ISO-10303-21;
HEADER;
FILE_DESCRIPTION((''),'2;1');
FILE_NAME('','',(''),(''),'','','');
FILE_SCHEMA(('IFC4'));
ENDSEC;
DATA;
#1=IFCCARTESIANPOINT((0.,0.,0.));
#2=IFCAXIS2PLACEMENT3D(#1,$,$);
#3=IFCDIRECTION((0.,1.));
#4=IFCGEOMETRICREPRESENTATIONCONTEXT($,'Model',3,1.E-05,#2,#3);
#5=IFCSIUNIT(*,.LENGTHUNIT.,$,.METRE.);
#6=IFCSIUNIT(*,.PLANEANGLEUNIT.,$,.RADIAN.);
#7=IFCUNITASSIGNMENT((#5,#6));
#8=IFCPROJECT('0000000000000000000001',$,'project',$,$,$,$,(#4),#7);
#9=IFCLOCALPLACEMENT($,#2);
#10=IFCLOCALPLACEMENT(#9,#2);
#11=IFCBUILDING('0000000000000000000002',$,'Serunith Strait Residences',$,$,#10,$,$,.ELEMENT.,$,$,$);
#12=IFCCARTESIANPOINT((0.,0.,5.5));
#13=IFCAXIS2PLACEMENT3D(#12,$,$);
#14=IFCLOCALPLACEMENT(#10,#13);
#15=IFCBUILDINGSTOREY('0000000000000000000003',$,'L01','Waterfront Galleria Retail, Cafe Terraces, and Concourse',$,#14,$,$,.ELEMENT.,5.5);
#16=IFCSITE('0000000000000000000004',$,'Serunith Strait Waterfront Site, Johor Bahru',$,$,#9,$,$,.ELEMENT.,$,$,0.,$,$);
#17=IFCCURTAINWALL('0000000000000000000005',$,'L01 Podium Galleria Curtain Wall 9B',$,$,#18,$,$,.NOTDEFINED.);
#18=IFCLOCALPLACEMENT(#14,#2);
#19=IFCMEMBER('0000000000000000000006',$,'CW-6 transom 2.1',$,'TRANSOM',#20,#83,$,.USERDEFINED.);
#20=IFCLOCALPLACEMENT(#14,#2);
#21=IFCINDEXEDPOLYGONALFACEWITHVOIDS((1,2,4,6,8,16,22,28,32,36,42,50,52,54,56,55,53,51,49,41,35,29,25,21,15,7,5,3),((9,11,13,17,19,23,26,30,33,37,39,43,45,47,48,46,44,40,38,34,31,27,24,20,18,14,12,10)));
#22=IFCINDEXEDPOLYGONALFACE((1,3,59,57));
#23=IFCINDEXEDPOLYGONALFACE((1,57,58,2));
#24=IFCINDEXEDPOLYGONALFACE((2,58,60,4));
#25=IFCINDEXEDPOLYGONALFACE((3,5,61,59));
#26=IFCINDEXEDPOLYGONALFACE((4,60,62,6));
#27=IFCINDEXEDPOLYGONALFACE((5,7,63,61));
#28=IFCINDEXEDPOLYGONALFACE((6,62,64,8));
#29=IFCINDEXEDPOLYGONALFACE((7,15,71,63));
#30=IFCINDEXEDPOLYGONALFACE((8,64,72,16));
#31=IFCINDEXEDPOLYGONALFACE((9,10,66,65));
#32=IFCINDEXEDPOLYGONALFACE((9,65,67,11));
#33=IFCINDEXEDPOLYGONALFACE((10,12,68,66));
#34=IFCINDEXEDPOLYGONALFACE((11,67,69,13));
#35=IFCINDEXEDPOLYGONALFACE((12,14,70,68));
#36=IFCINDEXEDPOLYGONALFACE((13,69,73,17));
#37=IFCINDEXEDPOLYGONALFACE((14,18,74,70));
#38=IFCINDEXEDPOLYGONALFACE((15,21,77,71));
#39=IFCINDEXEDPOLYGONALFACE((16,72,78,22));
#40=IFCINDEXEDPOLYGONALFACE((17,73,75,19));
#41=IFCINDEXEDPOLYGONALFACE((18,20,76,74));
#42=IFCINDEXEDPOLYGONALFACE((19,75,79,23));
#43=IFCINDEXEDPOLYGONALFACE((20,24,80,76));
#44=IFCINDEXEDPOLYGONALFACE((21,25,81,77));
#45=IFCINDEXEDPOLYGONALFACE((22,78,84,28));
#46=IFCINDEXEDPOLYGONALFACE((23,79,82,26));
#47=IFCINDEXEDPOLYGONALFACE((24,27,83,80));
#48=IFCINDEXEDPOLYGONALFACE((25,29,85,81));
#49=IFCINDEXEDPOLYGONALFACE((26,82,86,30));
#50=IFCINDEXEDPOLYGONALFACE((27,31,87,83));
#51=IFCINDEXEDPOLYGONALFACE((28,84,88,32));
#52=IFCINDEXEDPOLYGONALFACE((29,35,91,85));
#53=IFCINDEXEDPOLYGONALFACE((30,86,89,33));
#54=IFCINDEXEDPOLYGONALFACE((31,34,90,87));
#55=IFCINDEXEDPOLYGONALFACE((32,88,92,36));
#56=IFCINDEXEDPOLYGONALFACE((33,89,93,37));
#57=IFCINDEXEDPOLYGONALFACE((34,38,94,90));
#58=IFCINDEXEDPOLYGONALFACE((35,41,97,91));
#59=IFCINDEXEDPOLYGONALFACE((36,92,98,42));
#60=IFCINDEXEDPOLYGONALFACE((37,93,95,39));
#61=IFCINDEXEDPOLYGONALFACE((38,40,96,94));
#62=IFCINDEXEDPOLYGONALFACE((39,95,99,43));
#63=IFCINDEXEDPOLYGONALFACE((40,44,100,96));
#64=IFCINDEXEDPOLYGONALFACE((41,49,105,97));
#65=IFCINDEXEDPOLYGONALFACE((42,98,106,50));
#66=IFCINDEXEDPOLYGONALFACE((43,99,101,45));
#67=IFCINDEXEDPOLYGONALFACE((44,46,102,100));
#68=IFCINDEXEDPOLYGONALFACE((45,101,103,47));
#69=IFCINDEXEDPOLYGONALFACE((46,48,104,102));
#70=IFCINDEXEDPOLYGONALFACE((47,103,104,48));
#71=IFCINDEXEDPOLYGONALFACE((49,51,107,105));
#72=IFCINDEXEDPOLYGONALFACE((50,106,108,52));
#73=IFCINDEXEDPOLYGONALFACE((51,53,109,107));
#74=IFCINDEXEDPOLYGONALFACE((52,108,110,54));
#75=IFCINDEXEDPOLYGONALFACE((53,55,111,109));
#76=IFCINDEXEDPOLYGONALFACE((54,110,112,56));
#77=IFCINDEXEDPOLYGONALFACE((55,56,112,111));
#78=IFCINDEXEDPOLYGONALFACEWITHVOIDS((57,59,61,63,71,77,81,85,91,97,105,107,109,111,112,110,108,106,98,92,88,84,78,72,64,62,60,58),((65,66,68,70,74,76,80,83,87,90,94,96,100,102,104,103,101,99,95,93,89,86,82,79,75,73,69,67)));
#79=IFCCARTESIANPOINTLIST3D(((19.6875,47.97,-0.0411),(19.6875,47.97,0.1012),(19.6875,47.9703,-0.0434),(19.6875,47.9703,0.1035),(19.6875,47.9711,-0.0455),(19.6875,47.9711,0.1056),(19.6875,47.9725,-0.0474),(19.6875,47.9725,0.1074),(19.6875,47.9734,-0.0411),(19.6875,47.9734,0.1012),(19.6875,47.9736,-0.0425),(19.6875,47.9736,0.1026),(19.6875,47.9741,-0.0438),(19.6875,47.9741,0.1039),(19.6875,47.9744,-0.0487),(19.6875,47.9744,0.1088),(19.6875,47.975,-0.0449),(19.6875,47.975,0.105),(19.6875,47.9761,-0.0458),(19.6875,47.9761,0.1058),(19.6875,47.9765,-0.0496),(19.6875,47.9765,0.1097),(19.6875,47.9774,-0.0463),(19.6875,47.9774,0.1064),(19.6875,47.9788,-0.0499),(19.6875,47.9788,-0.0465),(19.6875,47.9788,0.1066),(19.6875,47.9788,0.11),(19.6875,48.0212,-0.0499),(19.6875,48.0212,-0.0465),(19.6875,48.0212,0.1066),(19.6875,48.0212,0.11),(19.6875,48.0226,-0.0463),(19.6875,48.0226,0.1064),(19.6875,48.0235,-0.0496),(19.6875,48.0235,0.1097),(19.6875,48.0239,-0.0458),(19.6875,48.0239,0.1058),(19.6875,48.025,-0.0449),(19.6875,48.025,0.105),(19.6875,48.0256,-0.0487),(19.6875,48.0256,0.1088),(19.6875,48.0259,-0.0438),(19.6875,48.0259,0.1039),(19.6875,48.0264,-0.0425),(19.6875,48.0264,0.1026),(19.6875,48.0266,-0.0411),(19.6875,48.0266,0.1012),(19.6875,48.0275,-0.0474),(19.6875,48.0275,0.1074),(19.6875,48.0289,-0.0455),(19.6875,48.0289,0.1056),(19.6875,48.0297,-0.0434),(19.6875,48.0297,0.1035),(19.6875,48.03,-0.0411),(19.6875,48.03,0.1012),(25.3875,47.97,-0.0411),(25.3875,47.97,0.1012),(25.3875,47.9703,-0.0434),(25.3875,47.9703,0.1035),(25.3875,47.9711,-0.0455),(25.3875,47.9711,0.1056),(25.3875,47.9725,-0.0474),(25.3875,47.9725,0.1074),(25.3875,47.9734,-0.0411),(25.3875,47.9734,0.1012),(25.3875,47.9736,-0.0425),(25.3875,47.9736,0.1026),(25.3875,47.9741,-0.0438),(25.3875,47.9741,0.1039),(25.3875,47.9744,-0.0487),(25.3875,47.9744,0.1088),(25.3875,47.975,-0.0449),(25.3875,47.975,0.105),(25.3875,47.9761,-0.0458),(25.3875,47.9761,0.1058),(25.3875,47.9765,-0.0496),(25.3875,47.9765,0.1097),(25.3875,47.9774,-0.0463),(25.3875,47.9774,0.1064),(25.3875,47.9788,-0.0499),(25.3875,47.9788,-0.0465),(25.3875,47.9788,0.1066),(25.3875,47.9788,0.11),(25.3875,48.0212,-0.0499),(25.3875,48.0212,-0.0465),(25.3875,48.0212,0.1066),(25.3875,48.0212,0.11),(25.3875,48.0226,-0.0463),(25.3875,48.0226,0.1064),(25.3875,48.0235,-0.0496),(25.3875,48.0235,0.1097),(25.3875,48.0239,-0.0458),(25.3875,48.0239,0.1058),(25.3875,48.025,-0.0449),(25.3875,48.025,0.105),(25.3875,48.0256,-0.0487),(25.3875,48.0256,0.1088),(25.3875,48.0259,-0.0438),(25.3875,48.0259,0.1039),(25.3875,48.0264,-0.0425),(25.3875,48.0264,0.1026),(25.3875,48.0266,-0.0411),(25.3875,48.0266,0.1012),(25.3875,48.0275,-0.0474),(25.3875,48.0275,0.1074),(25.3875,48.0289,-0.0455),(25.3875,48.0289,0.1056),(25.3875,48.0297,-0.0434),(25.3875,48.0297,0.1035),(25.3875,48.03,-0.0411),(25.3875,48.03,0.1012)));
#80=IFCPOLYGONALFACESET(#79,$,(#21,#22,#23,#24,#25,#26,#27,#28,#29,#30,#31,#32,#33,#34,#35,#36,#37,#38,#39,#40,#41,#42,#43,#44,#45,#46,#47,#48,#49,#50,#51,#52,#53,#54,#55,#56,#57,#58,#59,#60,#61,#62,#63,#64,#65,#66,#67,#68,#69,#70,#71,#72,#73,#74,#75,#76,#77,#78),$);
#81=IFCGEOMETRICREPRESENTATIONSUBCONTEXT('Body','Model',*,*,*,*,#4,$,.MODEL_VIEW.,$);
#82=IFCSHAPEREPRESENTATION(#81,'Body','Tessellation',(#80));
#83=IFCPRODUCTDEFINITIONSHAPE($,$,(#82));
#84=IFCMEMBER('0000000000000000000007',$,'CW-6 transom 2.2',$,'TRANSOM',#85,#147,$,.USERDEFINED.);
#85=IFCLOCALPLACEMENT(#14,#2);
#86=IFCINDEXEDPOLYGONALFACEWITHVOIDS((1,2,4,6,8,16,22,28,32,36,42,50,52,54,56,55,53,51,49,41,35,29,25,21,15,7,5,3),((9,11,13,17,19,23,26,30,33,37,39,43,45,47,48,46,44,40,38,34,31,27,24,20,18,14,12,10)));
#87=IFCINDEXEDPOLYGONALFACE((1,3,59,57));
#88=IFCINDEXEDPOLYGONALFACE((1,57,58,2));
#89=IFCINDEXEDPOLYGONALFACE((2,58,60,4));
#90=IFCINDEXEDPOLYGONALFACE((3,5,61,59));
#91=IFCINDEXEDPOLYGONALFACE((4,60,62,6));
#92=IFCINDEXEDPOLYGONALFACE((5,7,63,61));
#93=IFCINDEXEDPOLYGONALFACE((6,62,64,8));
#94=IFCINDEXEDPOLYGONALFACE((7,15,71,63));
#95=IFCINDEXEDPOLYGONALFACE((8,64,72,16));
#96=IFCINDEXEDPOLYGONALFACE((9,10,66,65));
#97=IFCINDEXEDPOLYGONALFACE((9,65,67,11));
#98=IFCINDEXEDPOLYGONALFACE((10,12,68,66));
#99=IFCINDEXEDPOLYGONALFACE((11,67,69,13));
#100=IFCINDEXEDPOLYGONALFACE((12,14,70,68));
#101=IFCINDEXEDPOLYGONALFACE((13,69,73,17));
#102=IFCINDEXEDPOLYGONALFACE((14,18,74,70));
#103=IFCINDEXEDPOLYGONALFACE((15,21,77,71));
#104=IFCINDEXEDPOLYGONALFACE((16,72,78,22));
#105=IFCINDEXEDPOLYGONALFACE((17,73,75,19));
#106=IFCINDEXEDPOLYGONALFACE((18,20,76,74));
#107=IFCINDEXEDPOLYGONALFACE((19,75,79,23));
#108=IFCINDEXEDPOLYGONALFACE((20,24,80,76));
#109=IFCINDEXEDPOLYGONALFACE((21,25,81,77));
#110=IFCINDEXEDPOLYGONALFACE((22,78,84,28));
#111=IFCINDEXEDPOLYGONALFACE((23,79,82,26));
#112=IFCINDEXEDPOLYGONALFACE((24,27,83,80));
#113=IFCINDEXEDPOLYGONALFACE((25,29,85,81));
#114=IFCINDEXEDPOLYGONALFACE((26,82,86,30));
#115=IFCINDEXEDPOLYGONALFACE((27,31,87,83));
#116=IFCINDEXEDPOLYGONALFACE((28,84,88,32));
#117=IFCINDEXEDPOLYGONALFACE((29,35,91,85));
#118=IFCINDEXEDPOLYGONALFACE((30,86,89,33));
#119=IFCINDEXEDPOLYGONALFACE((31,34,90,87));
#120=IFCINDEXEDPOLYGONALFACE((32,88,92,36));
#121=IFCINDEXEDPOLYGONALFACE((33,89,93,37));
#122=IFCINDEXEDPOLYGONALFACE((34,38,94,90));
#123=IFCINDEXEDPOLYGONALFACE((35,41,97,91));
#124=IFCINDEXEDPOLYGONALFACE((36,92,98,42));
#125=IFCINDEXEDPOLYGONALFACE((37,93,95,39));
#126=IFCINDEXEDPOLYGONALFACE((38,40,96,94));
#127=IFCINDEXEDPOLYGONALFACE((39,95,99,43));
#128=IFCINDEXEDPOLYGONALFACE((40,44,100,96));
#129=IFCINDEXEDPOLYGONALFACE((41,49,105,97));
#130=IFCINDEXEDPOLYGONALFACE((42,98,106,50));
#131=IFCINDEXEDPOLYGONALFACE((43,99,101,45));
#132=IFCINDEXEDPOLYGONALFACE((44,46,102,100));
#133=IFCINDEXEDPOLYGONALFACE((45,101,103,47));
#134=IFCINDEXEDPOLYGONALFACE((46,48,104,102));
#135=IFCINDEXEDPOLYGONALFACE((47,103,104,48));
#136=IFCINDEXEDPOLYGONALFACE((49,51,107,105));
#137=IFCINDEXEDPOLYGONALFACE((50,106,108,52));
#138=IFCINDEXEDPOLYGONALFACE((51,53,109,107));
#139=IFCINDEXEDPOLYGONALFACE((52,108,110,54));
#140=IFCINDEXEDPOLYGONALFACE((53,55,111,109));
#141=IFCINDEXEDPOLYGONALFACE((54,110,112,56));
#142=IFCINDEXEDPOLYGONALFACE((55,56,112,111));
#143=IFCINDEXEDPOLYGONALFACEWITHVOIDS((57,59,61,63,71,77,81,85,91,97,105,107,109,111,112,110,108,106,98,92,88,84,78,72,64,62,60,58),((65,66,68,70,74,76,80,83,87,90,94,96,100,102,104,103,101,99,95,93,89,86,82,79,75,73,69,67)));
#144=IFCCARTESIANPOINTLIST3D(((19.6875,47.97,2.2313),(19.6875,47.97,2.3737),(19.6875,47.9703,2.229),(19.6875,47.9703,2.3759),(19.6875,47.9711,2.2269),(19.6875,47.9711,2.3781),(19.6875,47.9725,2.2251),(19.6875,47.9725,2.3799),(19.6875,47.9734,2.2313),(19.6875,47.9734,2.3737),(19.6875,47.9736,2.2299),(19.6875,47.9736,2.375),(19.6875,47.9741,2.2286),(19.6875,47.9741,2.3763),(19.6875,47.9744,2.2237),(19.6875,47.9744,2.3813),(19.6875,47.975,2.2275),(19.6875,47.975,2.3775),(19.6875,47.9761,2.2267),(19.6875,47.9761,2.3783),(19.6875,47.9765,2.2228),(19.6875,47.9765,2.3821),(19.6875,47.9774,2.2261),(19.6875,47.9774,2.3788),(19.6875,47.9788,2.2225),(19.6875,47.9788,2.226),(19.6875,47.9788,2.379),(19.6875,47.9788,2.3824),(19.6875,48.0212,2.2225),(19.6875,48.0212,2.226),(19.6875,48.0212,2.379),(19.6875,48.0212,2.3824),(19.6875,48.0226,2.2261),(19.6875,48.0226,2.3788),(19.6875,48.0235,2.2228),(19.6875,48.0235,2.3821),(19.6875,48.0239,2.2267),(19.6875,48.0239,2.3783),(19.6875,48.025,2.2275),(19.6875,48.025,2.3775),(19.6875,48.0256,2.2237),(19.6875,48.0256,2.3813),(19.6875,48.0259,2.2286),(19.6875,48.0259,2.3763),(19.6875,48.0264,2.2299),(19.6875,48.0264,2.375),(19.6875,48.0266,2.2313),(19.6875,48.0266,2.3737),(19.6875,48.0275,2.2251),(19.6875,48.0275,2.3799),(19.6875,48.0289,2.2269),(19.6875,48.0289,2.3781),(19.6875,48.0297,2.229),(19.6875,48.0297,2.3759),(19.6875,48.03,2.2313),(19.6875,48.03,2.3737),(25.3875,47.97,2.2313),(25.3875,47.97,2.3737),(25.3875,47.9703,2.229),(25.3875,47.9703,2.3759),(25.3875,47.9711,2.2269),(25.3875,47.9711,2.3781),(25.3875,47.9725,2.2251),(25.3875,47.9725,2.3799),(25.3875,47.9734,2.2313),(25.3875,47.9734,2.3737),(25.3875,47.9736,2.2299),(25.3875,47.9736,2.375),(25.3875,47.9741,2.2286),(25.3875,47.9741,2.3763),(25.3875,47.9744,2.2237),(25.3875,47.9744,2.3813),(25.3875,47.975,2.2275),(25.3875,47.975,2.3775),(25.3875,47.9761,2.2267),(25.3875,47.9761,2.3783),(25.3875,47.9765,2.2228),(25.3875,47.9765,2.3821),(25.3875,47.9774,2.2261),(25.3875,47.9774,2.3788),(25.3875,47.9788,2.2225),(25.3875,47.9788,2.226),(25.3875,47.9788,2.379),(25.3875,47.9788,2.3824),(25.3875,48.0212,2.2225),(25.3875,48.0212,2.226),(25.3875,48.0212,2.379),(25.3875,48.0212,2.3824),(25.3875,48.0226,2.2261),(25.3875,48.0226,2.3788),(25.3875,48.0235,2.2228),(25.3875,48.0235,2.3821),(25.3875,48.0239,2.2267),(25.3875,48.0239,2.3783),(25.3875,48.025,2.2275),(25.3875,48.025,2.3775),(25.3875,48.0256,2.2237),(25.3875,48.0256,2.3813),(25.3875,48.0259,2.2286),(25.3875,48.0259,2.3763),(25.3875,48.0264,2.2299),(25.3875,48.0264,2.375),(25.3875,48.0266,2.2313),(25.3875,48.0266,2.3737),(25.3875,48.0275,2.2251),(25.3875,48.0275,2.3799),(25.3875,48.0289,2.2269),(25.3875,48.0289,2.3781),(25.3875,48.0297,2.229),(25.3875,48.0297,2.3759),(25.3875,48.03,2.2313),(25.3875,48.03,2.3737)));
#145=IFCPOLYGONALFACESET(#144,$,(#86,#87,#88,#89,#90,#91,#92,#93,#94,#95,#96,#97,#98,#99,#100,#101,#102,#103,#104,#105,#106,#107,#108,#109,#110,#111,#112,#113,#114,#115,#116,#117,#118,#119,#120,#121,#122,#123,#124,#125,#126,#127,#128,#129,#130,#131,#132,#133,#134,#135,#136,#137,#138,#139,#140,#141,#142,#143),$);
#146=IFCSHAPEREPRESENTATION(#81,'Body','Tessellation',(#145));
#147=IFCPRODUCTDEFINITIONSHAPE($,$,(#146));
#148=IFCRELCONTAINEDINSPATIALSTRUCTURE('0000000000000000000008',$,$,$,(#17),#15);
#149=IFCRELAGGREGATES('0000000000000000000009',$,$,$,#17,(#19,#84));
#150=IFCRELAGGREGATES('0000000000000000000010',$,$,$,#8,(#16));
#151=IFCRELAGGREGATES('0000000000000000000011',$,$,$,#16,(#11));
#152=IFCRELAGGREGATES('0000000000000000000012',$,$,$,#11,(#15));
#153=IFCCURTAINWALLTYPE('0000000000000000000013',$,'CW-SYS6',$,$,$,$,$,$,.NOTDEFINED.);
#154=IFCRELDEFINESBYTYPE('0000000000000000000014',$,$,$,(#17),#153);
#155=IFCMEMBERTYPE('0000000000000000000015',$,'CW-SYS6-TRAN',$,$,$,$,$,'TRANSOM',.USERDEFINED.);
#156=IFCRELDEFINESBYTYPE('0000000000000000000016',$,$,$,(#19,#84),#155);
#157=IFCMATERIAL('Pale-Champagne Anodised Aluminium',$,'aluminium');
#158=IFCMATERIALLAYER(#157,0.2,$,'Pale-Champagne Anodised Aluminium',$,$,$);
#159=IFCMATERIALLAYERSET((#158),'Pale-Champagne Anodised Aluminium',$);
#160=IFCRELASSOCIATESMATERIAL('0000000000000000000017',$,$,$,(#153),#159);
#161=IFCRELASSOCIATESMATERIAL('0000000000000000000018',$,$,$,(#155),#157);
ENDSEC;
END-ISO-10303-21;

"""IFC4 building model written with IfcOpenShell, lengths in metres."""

from ifc_helpers import new_model, si_unit, direction, frame, origin, origin_2d, place, context, subcontext, project, spatial, hollow_rectangle, extrude, source, transform, mapped, material, layer, layer_set, material_profile, profile_set, type_object, element, aggregate, save


model = new_model("IFC4")

# Units and contexts
model_context = context("Model", 3, precision=1e-05, world=origin(), true_north=direction((0.0, 1.0)))
body_context = subcontext(model_context, "Body", "Model", "MODEL_VIEW")
ifc_project = project(units=[si_unit("LENGTHUNIT", "METRE"), si_unit("PLANEANGLEUNIT", "RADIAN")], contexts=[model_context])

# Site, building, storey
site_placement = place(None, origin())
site = spatial("IfcSite", under=ifc_project, at=site_placement, Name="Serunith Strait Waterfront Site, Johor Bahru", CompositionType="ELEMENT", RefElevation=0.0)
building_placement = place(site_placement, origin())
building = spatial("IfcBuilding", under=site, at=building_placement, Name="Serunith Strait Residences", CompositionType="ELEMENT")
storey_placement = place(building_placement, frame((0.0, 0.0, 5.5)))
storey = spatial("IfcBuildingStorey", under=building, at=storey_placement, Name="L01", Description="Waterfront Galleria Retail, Cafe Terraces, and Concourse", CompositionType="ELEMENT", Elevation=5.5)

# Curtain wall, members
ifc_material_1 = material(Name="Pale-Champagne Anodised Aluminium", Category="aluminium")
ifc_layer_1 = layer(ifc_material_1, 0.2, Name="Pale-Champagne Anodised Aluminium")
ifc_layer_set_1 = layer_set([ifc_layer_1], Name="Pale-Champagne Anodised Aluminium")
curtain_wall_type = type_object("IfcCurtainWallType", Name="CW-SYS6", PredefinedType="NOTDEFINED", material=ifc_layer_set_1)
curtain_wall_placement = place(storey_placement, origin())
curtain_wall = element("IfcCurtainWall", 1, at=curtain_wall_placement, inside=storey, type_object=curtain_wall_type, Name="L01 Podium Galleria Curtain Wall 9B", PredefinedType="NOTDEFINED")
ifc_material_profile_1 = material_profile(ifc_material_1, hollow_rectangle(XDim=0.0601, YDim=0.1599, WallThickness=0.0034, InnerFilletRadius=0.0054, OuterFilletRadius=0.0088, at=origin_2d()), Name="ALU 160x60x3.5")
ifc_profile_set_1 = profile_set([ifc_material_profile_1], Name="Pale-Champagne Anodised Aluminium")
member_type_1 = type_object("IfcMemberType", Name="CW-SYS6-TRAN", ElementType="TRANSOM", PredefinedType="USERDEFINED", material=ifc_profile_set_1)
shared_shape_1 = source(origin(), body_context, "Body", "SweptSolid", [
    extrude(hollow_rectangle(XDim=0.0601, YDim=0.1599, WallThickness=0.0034, InnerFilletRadius=0.0054, OuterFilletRadius=0.0088, at=origin_2d()), origin(), (0.0, 0.0, 1.0), 5.7),
])
member_1_placement = place(storey_placement, frame((25.3875, 48.0, 0.03), z_axis=(-1.0, 0.0, 0.0), x_axis=(0.0, -1.0, 0.0)))
member_1 = element("IfcMember", 2, at=member_1_placement, type_object=member_type_1, Name="CW-6 transom 2.1", ObjectType="TRANSOM", PredefinedType="USERDEFINED", context=body_context, shape_type="MappedRepresentation", body=[
    mapped(shared_shape_1, transform((0.0, 0.0, 0.0), scale=1.0)),
])
member_2_placement = place(storey_placement, frame((25.3875, 48.0, 2.3025), z_axis=(-1.0, 0.0, 0.0), x_axis=(0.0, -1.0, 0.0)))
member_2 = element("IfcMember", 3, at=member_2_placement, type_object=member_type_1, Name="CW-6 transom 2.2", ObjectType="TRANSOM", PredefinedType="USERDEFINED", context=body_context, shape_type="MappedRepresentation", body=[
    mapped(shared_shape_1, transform((0.0, 0.0, 0.0), scale=1.0)),
])
aggregate(curtain_wall, [member_1, member_2])

save(model, "model.ifc")
